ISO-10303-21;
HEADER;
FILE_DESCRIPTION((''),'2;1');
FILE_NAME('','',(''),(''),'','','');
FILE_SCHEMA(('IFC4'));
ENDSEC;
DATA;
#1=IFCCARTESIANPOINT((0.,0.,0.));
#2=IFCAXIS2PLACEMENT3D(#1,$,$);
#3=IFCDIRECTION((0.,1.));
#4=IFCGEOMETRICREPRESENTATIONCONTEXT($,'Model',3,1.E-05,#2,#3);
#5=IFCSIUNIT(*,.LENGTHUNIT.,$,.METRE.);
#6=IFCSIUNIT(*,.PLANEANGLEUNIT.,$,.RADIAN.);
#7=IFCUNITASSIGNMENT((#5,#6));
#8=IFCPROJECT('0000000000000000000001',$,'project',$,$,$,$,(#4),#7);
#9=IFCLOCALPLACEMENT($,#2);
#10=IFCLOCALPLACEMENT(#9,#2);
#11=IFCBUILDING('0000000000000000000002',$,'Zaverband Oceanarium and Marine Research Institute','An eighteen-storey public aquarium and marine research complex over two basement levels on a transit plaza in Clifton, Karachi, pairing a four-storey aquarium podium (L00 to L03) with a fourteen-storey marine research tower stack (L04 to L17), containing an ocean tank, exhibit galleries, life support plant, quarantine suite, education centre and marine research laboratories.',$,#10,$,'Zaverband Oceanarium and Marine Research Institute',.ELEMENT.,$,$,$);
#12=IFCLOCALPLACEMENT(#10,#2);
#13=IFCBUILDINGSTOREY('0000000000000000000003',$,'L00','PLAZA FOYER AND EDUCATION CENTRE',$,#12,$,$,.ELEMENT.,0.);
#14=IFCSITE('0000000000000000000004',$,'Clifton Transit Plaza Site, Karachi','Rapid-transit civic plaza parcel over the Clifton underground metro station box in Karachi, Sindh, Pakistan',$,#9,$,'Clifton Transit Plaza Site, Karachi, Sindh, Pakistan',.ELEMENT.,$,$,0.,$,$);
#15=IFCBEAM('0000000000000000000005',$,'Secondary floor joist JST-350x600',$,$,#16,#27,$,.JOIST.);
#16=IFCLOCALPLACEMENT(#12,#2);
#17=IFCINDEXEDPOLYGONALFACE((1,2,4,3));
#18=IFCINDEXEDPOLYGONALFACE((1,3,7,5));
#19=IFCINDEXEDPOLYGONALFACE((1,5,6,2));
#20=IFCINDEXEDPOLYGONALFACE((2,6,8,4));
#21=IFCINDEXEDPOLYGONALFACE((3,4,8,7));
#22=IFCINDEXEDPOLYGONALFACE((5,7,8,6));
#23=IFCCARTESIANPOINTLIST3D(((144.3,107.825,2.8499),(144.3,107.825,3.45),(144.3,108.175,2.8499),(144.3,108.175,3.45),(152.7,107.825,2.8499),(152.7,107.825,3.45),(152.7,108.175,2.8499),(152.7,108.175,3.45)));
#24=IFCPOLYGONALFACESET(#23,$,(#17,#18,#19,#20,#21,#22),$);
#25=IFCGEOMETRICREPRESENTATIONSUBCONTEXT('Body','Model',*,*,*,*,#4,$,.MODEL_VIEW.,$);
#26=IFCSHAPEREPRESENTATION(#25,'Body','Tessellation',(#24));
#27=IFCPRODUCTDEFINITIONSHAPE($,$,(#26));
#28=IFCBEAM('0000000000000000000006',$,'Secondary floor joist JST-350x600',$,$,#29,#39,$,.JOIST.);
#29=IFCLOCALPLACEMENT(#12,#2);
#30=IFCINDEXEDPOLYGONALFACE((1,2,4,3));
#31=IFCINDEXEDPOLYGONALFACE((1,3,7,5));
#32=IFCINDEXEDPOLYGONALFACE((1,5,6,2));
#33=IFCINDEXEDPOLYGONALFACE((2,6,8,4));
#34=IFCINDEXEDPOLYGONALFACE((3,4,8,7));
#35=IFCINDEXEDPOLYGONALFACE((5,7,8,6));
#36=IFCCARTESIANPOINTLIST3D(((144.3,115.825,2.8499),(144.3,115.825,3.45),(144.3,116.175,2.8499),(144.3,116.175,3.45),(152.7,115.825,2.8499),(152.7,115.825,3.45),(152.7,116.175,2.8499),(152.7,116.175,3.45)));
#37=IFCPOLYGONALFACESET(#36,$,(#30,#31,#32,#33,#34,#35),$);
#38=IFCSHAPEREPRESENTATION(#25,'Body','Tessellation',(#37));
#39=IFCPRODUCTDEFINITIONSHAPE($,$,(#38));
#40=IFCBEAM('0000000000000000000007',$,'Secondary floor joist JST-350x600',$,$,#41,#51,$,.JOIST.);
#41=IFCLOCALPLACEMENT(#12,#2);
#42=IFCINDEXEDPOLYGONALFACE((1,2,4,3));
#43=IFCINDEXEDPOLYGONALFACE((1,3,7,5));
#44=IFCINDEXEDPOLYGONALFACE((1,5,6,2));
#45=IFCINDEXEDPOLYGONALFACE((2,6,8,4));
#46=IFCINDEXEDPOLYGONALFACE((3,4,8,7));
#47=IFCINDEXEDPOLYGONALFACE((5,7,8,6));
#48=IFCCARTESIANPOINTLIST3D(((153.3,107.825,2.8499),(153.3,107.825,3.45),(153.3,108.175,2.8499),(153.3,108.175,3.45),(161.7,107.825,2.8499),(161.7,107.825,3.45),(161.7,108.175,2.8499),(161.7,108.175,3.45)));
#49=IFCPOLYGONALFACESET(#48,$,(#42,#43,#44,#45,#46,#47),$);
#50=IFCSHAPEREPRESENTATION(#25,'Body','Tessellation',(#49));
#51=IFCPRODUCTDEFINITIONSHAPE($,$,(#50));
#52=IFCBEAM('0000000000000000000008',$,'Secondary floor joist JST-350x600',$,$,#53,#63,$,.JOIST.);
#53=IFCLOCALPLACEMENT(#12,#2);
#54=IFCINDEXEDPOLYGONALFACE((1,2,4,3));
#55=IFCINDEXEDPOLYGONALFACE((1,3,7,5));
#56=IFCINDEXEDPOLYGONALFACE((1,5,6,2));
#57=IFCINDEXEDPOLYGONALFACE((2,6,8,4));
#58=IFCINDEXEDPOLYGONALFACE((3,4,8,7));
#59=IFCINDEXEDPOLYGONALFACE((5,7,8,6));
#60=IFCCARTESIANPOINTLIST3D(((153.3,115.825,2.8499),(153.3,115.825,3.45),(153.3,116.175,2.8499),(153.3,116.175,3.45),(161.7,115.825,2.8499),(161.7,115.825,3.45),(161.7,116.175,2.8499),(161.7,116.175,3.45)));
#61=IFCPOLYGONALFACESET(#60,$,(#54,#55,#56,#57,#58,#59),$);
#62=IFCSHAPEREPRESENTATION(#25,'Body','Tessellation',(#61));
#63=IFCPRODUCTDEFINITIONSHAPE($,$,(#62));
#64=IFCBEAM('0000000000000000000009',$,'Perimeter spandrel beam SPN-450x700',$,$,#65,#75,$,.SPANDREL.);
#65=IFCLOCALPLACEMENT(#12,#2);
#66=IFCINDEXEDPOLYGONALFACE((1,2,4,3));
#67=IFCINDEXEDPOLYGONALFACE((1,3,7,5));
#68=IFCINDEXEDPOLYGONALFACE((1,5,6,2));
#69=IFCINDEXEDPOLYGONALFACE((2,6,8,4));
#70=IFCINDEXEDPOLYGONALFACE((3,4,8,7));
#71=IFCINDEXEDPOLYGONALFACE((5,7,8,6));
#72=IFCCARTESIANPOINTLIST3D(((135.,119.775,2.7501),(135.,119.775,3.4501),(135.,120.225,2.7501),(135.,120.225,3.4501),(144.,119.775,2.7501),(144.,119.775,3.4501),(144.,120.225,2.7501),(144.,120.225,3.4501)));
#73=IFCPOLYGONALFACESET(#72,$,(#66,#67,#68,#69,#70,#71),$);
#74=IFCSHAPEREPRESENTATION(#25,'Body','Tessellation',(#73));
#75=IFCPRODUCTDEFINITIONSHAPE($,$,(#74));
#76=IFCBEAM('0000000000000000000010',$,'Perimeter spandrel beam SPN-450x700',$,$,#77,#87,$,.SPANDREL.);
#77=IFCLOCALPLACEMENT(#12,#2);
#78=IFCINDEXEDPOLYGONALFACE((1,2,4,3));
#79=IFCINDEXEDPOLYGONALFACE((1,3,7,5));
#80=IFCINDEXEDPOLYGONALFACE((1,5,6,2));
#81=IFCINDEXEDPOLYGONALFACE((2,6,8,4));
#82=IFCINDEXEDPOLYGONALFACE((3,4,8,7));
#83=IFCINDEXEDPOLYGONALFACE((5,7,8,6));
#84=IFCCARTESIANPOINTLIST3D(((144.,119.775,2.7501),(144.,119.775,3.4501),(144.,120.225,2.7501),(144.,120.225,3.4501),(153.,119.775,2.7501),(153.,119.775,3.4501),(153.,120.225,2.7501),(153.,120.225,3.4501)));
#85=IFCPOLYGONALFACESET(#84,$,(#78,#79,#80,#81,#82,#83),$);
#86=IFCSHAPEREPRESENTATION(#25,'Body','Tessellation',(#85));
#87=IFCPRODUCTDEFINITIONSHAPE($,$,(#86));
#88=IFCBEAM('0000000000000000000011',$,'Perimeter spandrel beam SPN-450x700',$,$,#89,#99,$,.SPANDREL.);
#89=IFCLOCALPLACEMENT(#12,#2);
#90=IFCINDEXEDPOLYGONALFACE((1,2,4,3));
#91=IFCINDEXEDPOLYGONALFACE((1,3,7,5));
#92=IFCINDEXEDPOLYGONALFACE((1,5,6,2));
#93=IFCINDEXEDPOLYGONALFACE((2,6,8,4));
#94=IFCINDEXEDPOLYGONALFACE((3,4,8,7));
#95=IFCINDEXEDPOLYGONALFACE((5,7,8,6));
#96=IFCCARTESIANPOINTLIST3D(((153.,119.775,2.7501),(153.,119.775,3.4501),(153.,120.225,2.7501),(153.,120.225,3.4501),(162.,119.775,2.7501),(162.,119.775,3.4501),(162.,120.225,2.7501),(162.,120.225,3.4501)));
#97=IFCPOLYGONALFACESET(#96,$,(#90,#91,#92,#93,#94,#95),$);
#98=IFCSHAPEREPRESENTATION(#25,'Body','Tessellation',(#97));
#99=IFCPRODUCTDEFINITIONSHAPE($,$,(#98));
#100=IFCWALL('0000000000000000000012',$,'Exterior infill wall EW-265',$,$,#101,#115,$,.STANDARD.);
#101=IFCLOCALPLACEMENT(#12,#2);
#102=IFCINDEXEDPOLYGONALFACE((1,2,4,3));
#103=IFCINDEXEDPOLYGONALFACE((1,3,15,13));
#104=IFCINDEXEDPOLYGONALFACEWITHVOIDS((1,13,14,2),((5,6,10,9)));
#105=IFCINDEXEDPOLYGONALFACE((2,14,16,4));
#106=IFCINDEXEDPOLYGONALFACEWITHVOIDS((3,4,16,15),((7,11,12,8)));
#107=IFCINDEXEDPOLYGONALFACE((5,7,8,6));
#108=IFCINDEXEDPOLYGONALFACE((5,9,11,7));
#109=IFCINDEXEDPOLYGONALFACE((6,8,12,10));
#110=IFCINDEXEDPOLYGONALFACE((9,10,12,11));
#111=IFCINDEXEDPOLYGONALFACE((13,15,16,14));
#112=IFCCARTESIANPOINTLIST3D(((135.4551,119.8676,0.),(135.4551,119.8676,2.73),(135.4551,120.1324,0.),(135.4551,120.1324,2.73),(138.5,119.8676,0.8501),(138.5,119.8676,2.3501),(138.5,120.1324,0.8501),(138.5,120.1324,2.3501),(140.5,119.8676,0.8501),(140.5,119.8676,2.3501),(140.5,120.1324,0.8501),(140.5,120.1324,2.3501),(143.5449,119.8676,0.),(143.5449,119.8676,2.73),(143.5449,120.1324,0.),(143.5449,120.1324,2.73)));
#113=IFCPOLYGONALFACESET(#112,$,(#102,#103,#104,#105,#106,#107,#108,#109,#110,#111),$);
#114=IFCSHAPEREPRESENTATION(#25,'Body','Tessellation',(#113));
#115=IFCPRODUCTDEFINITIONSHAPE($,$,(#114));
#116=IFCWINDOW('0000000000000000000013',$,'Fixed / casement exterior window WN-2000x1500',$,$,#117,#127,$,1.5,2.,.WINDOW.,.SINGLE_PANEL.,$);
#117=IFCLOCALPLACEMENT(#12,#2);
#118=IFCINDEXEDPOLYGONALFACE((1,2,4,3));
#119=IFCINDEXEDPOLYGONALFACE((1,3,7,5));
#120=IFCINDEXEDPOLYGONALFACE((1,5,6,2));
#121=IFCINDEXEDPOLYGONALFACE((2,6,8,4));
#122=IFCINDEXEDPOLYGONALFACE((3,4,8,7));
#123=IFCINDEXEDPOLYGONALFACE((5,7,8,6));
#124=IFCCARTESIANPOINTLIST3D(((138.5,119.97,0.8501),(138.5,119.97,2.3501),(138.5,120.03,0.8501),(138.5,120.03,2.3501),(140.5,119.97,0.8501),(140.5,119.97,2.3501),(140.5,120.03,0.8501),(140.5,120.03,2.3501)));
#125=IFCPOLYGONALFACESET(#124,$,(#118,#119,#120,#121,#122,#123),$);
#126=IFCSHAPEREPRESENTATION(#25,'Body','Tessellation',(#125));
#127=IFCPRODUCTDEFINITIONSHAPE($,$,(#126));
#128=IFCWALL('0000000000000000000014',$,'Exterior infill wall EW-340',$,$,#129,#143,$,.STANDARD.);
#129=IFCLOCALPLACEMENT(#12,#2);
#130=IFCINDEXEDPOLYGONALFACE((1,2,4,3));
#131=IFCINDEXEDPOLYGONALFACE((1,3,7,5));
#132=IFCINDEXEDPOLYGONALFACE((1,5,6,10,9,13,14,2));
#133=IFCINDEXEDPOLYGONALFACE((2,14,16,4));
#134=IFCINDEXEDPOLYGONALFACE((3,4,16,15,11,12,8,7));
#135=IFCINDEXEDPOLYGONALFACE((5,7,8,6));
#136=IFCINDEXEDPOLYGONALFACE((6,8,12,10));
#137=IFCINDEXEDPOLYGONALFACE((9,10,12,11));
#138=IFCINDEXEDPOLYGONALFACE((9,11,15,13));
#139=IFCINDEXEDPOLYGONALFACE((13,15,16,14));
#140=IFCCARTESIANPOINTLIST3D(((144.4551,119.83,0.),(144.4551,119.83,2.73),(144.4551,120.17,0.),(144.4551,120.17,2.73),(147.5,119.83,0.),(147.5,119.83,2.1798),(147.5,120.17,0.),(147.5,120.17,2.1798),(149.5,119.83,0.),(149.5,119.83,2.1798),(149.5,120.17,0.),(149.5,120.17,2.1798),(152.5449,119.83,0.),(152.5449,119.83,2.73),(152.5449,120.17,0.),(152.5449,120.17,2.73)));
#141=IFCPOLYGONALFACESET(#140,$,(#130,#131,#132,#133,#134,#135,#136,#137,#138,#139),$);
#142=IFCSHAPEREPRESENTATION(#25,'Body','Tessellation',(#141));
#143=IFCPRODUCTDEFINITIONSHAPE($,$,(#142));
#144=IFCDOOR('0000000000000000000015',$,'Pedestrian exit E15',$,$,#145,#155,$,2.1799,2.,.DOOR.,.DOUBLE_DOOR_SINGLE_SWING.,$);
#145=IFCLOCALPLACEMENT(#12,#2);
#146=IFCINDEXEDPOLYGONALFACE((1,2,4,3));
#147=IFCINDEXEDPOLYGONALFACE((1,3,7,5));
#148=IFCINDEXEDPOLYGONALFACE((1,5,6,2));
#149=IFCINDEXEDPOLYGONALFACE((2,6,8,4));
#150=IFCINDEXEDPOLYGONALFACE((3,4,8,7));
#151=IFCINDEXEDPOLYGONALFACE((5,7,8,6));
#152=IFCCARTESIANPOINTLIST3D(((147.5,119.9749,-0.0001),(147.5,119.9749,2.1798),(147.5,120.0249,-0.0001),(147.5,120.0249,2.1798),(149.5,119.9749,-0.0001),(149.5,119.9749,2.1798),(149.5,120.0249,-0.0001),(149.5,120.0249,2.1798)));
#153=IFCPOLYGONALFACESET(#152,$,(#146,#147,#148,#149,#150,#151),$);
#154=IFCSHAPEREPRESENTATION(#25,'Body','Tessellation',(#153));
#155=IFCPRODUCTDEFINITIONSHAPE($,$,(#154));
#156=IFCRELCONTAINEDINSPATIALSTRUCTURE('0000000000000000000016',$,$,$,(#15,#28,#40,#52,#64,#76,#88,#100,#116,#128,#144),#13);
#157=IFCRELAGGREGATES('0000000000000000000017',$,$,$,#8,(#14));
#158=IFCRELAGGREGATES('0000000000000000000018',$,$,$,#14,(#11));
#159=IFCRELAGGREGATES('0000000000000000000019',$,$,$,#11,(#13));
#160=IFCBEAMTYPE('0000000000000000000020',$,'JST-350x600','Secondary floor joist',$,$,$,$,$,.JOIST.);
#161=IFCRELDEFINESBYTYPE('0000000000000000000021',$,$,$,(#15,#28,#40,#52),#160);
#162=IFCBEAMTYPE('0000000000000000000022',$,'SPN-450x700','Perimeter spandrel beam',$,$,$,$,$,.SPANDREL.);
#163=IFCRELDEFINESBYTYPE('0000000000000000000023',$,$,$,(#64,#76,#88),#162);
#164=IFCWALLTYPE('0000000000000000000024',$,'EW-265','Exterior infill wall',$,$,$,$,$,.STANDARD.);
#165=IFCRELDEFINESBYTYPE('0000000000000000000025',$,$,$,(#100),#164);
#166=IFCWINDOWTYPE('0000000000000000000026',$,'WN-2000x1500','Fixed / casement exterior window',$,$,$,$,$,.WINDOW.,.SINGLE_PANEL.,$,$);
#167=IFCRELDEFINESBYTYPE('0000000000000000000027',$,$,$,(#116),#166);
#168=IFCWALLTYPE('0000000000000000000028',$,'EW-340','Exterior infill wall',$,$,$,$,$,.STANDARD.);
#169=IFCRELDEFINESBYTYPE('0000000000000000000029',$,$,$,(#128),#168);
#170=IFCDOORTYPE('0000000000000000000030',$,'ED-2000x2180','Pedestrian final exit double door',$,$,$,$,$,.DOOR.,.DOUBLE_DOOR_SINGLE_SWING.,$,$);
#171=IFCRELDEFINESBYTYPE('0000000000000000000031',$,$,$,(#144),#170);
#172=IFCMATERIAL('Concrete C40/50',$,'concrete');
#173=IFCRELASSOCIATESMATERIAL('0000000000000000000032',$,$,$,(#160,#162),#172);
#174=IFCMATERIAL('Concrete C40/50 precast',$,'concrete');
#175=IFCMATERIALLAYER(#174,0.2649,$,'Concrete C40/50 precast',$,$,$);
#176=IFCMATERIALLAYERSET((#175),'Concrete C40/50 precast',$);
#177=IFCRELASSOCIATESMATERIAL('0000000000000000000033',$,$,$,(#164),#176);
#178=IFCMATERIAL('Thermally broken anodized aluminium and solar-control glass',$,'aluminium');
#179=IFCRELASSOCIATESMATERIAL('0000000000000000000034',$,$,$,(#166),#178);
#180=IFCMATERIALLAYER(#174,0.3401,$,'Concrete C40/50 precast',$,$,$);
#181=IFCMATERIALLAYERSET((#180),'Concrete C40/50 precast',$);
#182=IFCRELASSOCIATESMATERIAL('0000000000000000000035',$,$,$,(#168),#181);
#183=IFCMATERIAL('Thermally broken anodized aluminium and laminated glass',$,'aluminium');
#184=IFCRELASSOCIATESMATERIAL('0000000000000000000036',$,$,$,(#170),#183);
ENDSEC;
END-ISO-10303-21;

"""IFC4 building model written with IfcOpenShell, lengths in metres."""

from ifc_helpers import new_model, si_unit, direction, frame, frame_2d, origin, origin_2d, place, context, subcontext, project, spatial, rectangle, extrude, material, layer, layer_set, material_profile, profile_set, type_object, element, fill, save


model = new_model("IFC4")

# Units and contexts
model_context = context("Model", 3, precision=1e-05, world=origin(), true_north=direction((0.0, 1.0)))
body_context = subcontext(model_context, "Body", "Model", "MODEL_VIEW")
ifc_project = project(units=[si_unit("LENGTHUNIT", "METRE"), si_unit("PLANEANGLEUNIT", "RADIAN")], contexts=[model_context])

# Site, building, storey
site_placement = place(None, origin())
site = spatial("IfcSite", under=ifc_project, at=site_placement, Name="Clifton Transit Plaza Site, Karachi", Description="Rapid-transit civic plaza parcel over the Clifton underground metro station box in Karachi, Sindh, Pakistan", LongName="Clifton Transit Plaza Site, Karachi, Sindh, Pakistan", CompositionType="ELEMENT", RefElevation=0.0)
building_placement = place(site_placement, origin())
building = spatial("IfcBuilding", under=site, at=building_placement, Name="Zaverband Oceanarium and Marine Research Institute", Description="An eighteen-storey public aquarium and marine research complex over two basement levels on a transit plaza in Clifton, Karachi, pairing a four-storey aquarium podium (L00 to L03) with a fourteen-storey marine research tower stack (L04 to L17), containing an ocean tank, exhibit galleries, life support plant, quarantine suite, education centre and marine research laboratories.", LongName="Zaverband Oceanarium and Marine Research Institute", CompositionType="ELEMENT")
storey_placement = place(building_placement, origin())
storey = spatial("IfcBuildingStorey", under=building, at=storey_placement, Name="L00", Description="PLAZA FOYER AND EDUCATION CENTRE", CompositionType="ELEMENT", Elevation=0.0)

# Beams
ifc_material_1 = material(Name="Concrete C40/50", Category="concrete")
ifc_material_profile_1 = material_profile(ifc_material_1, rectangle(XDim=0.3501, YDim=0.6001, at=origin_2d()), Name="RC350x600")
ifc_profile_set_1 = profile_set([ifc_material_profile_1], Name="Concrete C40/50")
beam_type_1 = type_object("IfcBeamType", Name="JST-350x600", Description="Secondary floor joist", PredefinedType="JOIST", material=ifc_profile_set_1)
for number, where, z_axis, x_axis, name in (
    (1, (144.3, 108.0, 3.1499), (1.0, 0.0, 0.0), (0.0, 1.0, 0.0), "Secondary floor joist JST-350x600"),
    (2, (144.3, 116.0, 3.1499), (1.0, 0.0, 0.0), (0.0, 1.0, 0.0), "Secondary floor joist JST-350x600"),
    (3, (153.3, 108.0, 3.1499), (1.0, 0.0, 0.0), (0.0, 1.0, 0.0), "Secondary floor joist JST-350x600"),
    (4, (153.3, 116.0, 3.1499), (1.0, 0.0, 0.0), (0.0, 1.0, 0.0), "Secondary floor joist JST-350x600"),
):
    element("IfcBeam", number, at=place(storey_placement, frame(where, z_axis=z_axis, x_axis=x_axis)), inside=storey, type_object=beam_type_1, Name=name, PredefinedType="JOIST", context=body_context, shape_type="SweptSolid", body=[
        extrude(rectangle(XDim=0.3501, YDim=0.6001, at=origin_2d()), origin(), (0.0, 0.0, 1.0), 8.3999),
    ])
ifc_material_profile_2 = material_profile(ifc_material_1, rectangle(XDim=0.45, YDim=0.7, at=origin_2d()), Name="RC450x700")
ifc_profile_set_2 = profile_set([ifc_material_profile_2], Name="Concrete C40/50")
beam_type_2 = type_object("IfcBeamType", Name="SPN-450x700", Description="Perimeter spandrel beam", PredefinedType="SPANDREL", material=ifc_profile_set_2)
for number, where, z_axis, x_axis, name in (
    (5, (135.0, 120.0, 3.1001), (1.0, 0.0, 0.0), (0.0, 1.0, 0.0), "Perimeter spandrel beam SPN-450x700"),
    (6, (144.0, 120.0, 3.1001), (1.0, 0.0, 0.0), (0.0, 1.0, 0.0), "Perimeter spandrel beam SPN-450x700"),
    (7, (153.0, 120.0, 3.1001), (1.0, 0.0, 0.0), (0.0, 1.0, 0.0), "Perimeter spandrel beam SPN-450x700"),
):
    element("IfcBeam", number, at=place(storey_placement, frame(where, z_axis=z_axis, x_axis=x_axis)), inside=storey, type_object=beam_type_2, Name=name, PredefinedType="SPANDREL", context=body_context, shape_type="SweptSolid", body=[
        extrude(rectangle(XDim=0.45, YDim=0.7, at=origin_2d()), origin(), (0.0, 0.0, 1.0), 9.0),
    ])

# Wall, opening, window
ifc_material_2 = material(Name="Concrete C40/50 precast", Category="concrete")
ifc_layer_1 = layer(ifc_material_2, 0.2649, Name="Concrete C40/50 precast")
ifc_layer_set_1 = layer_set([ifc_layer_1], Name="Concrete C40/50 precast")
wall_type_1 = type_object("IfcWallType", Name="EW-265", Description="Exterior infill wall", PredefinedType="STANDARD", material=ifc_layer_set_1)
wall_1_placement = place(storey_placement, frame((135.4551, 120.0, 0.0), z_axis=(0.0, 0.0, 1.0), x_axis=(1.0, 0.0, 0.0)))
wall_1 = element("IfcWall", 8, at=wall_1_placement, inside=storey, type_object=wall_type_1, Name="Exterior infill wall EW-265", PredefinedType="STANDARD", context=body_context, shape_type="SweptSolid", body=[
    extrude(rectangle(XDim=8.0898, YDim=0.2649, at=frame_2d((4.0449, 0.0))), origin(), (0.0, 0.0, 1.0), 2.73),
])
opening_1_placement = place(wall_1_placement, frame((3.0449, 0.0, 0.8501)))
opening_1 = element("IfcOpeningElement", 9, at=opening_1_placement, cuts=wall_1, PredefinedType="OPENING", context=body_context, shape_type="SweptSolid", body=[
    extrude(rectangle(XDim=2.0, YDim=1.5, at=frame_2d((1.0, 0.75))), frame((0.0, 0.1445, 0.0), z_axis=(0.0, -1.0, 0.0), x_axis=(1.0, 0.0, 0.0)), (0.0, 0.0, 1.0), 0.2888),
])
ifc_material_3 = material(Name="Thermally broken anodized aluminium and solar-control glass", Category="aluminium")
window_type = type_object("IfcWindowType", Name="WN-2000x1500", Description="Fixed / casement exterior window", PartitioningType="SINGLE_PANEL", PredefinedType="WINDOW", material=ifc_material_3)
window_placement = place(opening_1_placement, origin())
window = element("IfcWindow", 10, at=window_placement, inside=storey, type_object=window_type, Name="Fixed / casement exterior window WN-2000x1500", OverallHeight=1.5, OverallWidth=2.0, PartitioningType="SINGLE_PANEL", PredefinedType="WINDOW", context=body_context, shape_type="SweptSolid", body=[
    extrude(rectangle(XDim=2.0, YDim=1.5, at=frame_2d((1.0, 0.75))), frame((0.0, 0.03, 0.0), z_axis=(0.0, -1.0, 0.0), x_axis=(1.0, 0.0, 0.0)), (0.0, 0.0, 1.0), 0.0601),
])
fill(opening_1, window)

# Wall, opening, door
ifc_layer_2 = layer(ifc_material_2, 0.3401, Name="Concrete C40/50 precast")
ifc_layer_set_2 = layer_set([ifc_layer_2], Name="Concrete C40/50 precast")
wall_type_2 = type_object("IfcWallType", Name="EW-340", Description="Exterior infill wall", PredefinedType="STANDARD", material=ifc_layer_set_2)
wall_2_placement = place(storey_placement, frame((144.4551, 120.0, 0.0), z_axis=(0.0, 0.0, 1.0), x_axis=(1.0, 0.0, 0.0)))
wall_2 = element("IfcWall", 11, at=wall_2_placement, inside=storey, type_object=wall_type_2, Name="Exterior infill wall EW-340", PredefinedType="STANDARD", context=body_context, shape_type="SweptSolid", body=[
    extrude(rectangle(XDim=8.0898, YDim=0.3401, at=frame_2d((4.0449, 0.0))), origin(), (0.0, 0.0, 1.0), 2.73),
])
opening_2_placement = place(wall_2_placement, frame((3.0449, 0.0, 0.0)))
opening_2 = element("IfcOpeningElement", 12, at=opening_2_placement, cuts=wall_2, PredefinedType="OPENING", context=body_context, shape_type="SweptSolid", body=[
    extrude(rectangle(XDim=2.0, YDim=2.1799, at=frame_2d((1.0, 1.0898))), frame((0.0, 0.1821, 0.0), z_axis=(0.0, -1.0, 0.0), x_axis=(1.0, 0.0, 0.0)), (0.0, 0.0, 1.0), 0.364),
])
ifc_material_4 = material(Name="Thermally broken anodized aluminium and laminated glass", Category="aluminium")
door_type = type_object("IfcDoorType", Name="ED-2000x2180", Description="Pedestrian final exit double door", OperationType="DOUBLE_DOOR_SINGLE_SWING", PredefinedType="DOOR", material=ifc_material_4)
door_placement = place(opening_2_placement, origin())
door = element("IfcDoor", 13, at=door_placement, inside=storey, type_object=door_type, Name="Pedestrian exit E15", OperationType="DOUBLE_DOOR_SINGLE_SWING", OverallHeight=2.1799, OverallWidth=2.0, PredefinedType="DOOR", context=body_context, shape_type="SweptSolid", body=[
    extrude(rectangle(XDim=2.0, YDim=2.1799, at=frame_2d((1.0, 1.0898))), frame((0.0, 0.0249, 0.0), z_axis=(0.0, -1.0, 0.0), x_axis=(1.0, 0.0, 0.0)), (0.0, 0.0, 1.0), 0.05),
])
fill(opening_2, door)

save(model, "model.ifc")
